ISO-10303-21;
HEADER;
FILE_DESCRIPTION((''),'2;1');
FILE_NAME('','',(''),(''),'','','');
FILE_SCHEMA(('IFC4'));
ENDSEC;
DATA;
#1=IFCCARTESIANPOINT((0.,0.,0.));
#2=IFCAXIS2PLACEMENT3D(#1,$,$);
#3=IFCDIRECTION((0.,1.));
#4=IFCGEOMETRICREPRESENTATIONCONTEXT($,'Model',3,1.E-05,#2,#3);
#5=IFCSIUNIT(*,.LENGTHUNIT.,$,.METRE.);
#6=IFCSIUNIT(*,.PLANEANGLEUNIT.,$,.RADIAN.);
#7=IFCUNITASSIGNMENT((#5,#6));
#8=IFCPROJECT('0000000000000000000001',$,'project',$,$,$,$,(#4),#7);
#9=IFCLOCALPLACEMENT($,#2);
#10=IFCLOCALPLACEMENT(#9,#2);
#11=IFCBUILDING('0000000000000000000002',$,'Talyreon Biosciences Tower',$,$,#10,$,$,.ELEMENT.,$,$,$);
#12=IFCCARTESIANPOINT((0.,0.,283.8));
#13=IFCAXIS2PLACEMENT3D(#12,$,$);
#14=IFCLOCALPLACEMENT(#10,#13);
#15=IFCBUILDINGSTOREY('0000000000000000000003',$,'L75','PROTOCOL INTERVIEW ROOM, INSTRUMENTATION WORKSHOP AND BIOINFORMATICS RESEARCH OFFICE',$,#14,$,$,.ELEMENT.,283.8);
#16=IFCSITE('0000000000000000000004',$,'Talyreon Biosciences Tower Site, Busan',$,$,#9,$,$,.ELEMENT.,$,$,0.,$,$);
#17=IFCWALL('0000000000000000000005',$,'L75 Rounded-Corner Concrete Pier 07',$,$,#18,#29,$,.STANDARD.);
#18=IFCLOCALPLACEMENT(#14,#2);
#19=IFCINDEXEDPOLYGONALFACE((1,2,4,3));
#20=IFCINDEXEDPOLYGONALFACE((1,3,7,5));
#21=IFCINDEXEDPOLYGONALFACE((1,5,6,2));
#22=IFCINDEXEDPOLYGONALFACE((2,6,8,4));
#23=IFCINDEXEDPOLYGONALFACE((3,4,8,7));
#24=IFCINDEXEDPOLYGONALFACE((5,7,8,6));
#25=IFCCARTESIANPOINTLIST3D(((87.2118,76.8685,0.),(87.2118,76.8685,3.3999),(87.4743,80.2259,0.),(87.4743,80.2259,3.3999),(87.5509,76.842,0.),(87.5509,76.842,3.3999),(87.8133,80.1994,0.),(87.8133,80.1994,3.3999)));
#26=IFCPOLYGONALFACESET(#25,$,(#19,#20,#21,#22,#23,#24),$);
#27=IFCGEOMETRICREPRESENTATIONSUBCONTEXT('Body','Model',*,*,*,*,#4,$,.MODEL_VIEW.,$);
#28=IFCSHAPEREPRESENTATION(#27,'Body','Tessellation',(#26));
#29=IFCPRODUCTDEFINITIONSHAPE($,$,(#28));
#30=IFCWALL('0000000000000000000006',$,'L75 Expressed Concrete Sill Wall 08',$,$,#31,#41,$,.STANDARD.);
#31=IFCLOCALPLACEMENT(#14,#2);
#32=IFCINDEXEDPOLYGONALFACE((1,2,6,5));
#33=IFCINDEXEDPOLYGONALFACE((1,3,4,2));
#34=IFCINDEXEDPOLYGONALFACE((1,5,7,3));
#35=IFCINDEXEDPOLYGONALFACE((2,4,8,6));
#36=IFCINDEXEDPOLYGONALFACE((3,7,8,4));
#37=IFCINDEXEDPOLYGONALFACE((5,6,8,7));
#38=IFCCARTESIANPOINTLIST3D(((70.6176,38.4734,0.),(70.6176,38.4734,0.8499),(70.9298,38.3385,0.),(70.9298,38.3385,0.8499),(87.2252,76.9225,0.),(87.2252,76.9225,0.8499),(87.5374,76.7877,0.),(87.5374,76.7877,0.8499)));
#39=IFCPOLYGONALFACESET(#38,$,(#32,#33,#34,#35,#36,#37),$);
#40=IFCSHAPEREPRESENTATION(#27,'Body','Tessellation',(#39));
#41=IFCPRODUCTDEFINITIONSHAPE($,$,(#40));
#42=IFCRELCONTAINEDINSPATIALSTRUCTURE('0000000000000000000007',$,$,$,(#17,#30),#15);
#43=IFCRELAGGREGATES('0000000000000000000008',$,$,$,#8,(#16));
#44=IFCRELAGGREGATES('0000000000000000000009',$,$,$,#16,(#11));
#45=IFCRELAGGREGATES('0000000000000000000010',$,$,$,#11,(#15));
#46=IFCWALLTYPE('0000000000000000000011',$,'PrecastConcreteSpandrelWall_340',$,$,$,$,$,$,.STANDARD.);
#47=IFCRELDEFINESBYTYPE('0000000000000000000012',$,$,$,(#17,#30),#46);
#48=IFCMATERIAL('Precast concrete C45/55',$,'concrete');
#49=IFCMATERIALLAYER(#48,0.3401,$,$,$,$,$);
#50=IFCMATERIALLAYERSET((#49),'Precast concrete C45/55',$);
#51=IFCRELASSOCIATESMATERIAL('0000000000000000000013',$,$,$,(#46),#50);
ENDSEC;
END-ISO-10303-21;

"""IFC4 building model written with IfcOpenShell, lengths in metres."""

from ifc_helpers import new_model, si_unit, direction, frame, frame_2d, origin, place, context, subcontext, project, spatial, rectangle, extrude, material, layer, layer_set, type_object, element, save


model = new_model("IFC4")

# Units and contexts
model_context = context("Model", 3, precision=1e-05, world=origin(), true_north=direction((0.0, 1.0)))
body_context = subcontext(model_context, "Body", "Model", "MODEL_VIEW")
ifc_project = project(units=[si_unit("LENGTHUNIT", "METRE"), si_unit("PLANEANGLEUNIT", "RADIAN")], contexts=[model_context])

# Site, building, storey
site_placement = place(None, origin())
site = spatial("IfcSite", under=ifc_project, at=site_placement, Name="Talyreon Biosciences Tower Site, Busan", CompositionType="ELEMENT", RefElevation=0.0)
building_placement = place(site_placement, origin())
building = spatial("IfcBuilding", under=site, at=building_placement, Name="Talyreon Biosciences Tower", CompositionType="ELEMENT")
storey_placement = place(building_placement, frame((0.0, 0.0, 283.8)))
storey = spatial("IfcBuildingStorey", under=building, at=storey_placement, Name="L75", Description="PROTOCOL INTERVIEW ROOM, INSTRUMENTATION WORKSHOP AND BIOINFORMATICS RESEARCH OFFICE", CompositionType="ELEMENT", Elevation=283.8)

# Shared definitions
ifc_material_1 = material(Name="Precast concrete C45/55", Category="concrete")

# Walls
ifc_layer_1 = layer(ifc_material_1, 0.3401)
ifc_layer_set_1 = layer_set([ifc_layer_1], Name="Precast concrete C45/55")
wall_type_1 = type_object("IfcWallType", Name="PrecastConcreteSpandrelWall_340", PredefinedType="STANDARD", material=ifc_layer_set_1)
for number, where, z_axis, x_axis, name in (
    (1, (87.6438, 80.2126, 0.0), (0.0, 0.0, 1.0), (-0.077933, -0.996959, 0.0), "L75 Rounded-Corner Concrete Pier 07"),
):
    element("IfcWall", number, at=place(storey_placement, frame(where, z_axis=z_axis, x_axis=x_axis)), inside=storey, type_object=wall_type_1, Name=name, PredefinedType="STANDARD", context=body_context, shape_type="SweptSolid", body=[
        extrude(rectangle(XDim=3.3677, YDim=0.3401, at=frame_2d((1.6838, 0.0))), origin(), (0.0, 0.0, 1.0), 3.3999),
    ])
wall_1_placement = place(storey_placement, frame((87.3813, 76.8552, 0.0), z_axis=(0.0, 0.0, 1.0), x_axis=(-0.396528, -0.918022, 0.0)))
element("IfcWall", 2, at=wall_1_placement, inside=storey, type_object=wall_type_1, Name="L75 Expressed Concrete Sill Wall 08", PredefinedType="STANDARD", context=body_context, shape_type="SweptSolid", body=[
    extrude(rectangle(XDim=41.8826, YDim=0.3401, at=frame_2d((20.9414, 0.0))), origin(), (0.0, 0.0, 1.0), 0.8499),
])

save(model, "model.ifc")
